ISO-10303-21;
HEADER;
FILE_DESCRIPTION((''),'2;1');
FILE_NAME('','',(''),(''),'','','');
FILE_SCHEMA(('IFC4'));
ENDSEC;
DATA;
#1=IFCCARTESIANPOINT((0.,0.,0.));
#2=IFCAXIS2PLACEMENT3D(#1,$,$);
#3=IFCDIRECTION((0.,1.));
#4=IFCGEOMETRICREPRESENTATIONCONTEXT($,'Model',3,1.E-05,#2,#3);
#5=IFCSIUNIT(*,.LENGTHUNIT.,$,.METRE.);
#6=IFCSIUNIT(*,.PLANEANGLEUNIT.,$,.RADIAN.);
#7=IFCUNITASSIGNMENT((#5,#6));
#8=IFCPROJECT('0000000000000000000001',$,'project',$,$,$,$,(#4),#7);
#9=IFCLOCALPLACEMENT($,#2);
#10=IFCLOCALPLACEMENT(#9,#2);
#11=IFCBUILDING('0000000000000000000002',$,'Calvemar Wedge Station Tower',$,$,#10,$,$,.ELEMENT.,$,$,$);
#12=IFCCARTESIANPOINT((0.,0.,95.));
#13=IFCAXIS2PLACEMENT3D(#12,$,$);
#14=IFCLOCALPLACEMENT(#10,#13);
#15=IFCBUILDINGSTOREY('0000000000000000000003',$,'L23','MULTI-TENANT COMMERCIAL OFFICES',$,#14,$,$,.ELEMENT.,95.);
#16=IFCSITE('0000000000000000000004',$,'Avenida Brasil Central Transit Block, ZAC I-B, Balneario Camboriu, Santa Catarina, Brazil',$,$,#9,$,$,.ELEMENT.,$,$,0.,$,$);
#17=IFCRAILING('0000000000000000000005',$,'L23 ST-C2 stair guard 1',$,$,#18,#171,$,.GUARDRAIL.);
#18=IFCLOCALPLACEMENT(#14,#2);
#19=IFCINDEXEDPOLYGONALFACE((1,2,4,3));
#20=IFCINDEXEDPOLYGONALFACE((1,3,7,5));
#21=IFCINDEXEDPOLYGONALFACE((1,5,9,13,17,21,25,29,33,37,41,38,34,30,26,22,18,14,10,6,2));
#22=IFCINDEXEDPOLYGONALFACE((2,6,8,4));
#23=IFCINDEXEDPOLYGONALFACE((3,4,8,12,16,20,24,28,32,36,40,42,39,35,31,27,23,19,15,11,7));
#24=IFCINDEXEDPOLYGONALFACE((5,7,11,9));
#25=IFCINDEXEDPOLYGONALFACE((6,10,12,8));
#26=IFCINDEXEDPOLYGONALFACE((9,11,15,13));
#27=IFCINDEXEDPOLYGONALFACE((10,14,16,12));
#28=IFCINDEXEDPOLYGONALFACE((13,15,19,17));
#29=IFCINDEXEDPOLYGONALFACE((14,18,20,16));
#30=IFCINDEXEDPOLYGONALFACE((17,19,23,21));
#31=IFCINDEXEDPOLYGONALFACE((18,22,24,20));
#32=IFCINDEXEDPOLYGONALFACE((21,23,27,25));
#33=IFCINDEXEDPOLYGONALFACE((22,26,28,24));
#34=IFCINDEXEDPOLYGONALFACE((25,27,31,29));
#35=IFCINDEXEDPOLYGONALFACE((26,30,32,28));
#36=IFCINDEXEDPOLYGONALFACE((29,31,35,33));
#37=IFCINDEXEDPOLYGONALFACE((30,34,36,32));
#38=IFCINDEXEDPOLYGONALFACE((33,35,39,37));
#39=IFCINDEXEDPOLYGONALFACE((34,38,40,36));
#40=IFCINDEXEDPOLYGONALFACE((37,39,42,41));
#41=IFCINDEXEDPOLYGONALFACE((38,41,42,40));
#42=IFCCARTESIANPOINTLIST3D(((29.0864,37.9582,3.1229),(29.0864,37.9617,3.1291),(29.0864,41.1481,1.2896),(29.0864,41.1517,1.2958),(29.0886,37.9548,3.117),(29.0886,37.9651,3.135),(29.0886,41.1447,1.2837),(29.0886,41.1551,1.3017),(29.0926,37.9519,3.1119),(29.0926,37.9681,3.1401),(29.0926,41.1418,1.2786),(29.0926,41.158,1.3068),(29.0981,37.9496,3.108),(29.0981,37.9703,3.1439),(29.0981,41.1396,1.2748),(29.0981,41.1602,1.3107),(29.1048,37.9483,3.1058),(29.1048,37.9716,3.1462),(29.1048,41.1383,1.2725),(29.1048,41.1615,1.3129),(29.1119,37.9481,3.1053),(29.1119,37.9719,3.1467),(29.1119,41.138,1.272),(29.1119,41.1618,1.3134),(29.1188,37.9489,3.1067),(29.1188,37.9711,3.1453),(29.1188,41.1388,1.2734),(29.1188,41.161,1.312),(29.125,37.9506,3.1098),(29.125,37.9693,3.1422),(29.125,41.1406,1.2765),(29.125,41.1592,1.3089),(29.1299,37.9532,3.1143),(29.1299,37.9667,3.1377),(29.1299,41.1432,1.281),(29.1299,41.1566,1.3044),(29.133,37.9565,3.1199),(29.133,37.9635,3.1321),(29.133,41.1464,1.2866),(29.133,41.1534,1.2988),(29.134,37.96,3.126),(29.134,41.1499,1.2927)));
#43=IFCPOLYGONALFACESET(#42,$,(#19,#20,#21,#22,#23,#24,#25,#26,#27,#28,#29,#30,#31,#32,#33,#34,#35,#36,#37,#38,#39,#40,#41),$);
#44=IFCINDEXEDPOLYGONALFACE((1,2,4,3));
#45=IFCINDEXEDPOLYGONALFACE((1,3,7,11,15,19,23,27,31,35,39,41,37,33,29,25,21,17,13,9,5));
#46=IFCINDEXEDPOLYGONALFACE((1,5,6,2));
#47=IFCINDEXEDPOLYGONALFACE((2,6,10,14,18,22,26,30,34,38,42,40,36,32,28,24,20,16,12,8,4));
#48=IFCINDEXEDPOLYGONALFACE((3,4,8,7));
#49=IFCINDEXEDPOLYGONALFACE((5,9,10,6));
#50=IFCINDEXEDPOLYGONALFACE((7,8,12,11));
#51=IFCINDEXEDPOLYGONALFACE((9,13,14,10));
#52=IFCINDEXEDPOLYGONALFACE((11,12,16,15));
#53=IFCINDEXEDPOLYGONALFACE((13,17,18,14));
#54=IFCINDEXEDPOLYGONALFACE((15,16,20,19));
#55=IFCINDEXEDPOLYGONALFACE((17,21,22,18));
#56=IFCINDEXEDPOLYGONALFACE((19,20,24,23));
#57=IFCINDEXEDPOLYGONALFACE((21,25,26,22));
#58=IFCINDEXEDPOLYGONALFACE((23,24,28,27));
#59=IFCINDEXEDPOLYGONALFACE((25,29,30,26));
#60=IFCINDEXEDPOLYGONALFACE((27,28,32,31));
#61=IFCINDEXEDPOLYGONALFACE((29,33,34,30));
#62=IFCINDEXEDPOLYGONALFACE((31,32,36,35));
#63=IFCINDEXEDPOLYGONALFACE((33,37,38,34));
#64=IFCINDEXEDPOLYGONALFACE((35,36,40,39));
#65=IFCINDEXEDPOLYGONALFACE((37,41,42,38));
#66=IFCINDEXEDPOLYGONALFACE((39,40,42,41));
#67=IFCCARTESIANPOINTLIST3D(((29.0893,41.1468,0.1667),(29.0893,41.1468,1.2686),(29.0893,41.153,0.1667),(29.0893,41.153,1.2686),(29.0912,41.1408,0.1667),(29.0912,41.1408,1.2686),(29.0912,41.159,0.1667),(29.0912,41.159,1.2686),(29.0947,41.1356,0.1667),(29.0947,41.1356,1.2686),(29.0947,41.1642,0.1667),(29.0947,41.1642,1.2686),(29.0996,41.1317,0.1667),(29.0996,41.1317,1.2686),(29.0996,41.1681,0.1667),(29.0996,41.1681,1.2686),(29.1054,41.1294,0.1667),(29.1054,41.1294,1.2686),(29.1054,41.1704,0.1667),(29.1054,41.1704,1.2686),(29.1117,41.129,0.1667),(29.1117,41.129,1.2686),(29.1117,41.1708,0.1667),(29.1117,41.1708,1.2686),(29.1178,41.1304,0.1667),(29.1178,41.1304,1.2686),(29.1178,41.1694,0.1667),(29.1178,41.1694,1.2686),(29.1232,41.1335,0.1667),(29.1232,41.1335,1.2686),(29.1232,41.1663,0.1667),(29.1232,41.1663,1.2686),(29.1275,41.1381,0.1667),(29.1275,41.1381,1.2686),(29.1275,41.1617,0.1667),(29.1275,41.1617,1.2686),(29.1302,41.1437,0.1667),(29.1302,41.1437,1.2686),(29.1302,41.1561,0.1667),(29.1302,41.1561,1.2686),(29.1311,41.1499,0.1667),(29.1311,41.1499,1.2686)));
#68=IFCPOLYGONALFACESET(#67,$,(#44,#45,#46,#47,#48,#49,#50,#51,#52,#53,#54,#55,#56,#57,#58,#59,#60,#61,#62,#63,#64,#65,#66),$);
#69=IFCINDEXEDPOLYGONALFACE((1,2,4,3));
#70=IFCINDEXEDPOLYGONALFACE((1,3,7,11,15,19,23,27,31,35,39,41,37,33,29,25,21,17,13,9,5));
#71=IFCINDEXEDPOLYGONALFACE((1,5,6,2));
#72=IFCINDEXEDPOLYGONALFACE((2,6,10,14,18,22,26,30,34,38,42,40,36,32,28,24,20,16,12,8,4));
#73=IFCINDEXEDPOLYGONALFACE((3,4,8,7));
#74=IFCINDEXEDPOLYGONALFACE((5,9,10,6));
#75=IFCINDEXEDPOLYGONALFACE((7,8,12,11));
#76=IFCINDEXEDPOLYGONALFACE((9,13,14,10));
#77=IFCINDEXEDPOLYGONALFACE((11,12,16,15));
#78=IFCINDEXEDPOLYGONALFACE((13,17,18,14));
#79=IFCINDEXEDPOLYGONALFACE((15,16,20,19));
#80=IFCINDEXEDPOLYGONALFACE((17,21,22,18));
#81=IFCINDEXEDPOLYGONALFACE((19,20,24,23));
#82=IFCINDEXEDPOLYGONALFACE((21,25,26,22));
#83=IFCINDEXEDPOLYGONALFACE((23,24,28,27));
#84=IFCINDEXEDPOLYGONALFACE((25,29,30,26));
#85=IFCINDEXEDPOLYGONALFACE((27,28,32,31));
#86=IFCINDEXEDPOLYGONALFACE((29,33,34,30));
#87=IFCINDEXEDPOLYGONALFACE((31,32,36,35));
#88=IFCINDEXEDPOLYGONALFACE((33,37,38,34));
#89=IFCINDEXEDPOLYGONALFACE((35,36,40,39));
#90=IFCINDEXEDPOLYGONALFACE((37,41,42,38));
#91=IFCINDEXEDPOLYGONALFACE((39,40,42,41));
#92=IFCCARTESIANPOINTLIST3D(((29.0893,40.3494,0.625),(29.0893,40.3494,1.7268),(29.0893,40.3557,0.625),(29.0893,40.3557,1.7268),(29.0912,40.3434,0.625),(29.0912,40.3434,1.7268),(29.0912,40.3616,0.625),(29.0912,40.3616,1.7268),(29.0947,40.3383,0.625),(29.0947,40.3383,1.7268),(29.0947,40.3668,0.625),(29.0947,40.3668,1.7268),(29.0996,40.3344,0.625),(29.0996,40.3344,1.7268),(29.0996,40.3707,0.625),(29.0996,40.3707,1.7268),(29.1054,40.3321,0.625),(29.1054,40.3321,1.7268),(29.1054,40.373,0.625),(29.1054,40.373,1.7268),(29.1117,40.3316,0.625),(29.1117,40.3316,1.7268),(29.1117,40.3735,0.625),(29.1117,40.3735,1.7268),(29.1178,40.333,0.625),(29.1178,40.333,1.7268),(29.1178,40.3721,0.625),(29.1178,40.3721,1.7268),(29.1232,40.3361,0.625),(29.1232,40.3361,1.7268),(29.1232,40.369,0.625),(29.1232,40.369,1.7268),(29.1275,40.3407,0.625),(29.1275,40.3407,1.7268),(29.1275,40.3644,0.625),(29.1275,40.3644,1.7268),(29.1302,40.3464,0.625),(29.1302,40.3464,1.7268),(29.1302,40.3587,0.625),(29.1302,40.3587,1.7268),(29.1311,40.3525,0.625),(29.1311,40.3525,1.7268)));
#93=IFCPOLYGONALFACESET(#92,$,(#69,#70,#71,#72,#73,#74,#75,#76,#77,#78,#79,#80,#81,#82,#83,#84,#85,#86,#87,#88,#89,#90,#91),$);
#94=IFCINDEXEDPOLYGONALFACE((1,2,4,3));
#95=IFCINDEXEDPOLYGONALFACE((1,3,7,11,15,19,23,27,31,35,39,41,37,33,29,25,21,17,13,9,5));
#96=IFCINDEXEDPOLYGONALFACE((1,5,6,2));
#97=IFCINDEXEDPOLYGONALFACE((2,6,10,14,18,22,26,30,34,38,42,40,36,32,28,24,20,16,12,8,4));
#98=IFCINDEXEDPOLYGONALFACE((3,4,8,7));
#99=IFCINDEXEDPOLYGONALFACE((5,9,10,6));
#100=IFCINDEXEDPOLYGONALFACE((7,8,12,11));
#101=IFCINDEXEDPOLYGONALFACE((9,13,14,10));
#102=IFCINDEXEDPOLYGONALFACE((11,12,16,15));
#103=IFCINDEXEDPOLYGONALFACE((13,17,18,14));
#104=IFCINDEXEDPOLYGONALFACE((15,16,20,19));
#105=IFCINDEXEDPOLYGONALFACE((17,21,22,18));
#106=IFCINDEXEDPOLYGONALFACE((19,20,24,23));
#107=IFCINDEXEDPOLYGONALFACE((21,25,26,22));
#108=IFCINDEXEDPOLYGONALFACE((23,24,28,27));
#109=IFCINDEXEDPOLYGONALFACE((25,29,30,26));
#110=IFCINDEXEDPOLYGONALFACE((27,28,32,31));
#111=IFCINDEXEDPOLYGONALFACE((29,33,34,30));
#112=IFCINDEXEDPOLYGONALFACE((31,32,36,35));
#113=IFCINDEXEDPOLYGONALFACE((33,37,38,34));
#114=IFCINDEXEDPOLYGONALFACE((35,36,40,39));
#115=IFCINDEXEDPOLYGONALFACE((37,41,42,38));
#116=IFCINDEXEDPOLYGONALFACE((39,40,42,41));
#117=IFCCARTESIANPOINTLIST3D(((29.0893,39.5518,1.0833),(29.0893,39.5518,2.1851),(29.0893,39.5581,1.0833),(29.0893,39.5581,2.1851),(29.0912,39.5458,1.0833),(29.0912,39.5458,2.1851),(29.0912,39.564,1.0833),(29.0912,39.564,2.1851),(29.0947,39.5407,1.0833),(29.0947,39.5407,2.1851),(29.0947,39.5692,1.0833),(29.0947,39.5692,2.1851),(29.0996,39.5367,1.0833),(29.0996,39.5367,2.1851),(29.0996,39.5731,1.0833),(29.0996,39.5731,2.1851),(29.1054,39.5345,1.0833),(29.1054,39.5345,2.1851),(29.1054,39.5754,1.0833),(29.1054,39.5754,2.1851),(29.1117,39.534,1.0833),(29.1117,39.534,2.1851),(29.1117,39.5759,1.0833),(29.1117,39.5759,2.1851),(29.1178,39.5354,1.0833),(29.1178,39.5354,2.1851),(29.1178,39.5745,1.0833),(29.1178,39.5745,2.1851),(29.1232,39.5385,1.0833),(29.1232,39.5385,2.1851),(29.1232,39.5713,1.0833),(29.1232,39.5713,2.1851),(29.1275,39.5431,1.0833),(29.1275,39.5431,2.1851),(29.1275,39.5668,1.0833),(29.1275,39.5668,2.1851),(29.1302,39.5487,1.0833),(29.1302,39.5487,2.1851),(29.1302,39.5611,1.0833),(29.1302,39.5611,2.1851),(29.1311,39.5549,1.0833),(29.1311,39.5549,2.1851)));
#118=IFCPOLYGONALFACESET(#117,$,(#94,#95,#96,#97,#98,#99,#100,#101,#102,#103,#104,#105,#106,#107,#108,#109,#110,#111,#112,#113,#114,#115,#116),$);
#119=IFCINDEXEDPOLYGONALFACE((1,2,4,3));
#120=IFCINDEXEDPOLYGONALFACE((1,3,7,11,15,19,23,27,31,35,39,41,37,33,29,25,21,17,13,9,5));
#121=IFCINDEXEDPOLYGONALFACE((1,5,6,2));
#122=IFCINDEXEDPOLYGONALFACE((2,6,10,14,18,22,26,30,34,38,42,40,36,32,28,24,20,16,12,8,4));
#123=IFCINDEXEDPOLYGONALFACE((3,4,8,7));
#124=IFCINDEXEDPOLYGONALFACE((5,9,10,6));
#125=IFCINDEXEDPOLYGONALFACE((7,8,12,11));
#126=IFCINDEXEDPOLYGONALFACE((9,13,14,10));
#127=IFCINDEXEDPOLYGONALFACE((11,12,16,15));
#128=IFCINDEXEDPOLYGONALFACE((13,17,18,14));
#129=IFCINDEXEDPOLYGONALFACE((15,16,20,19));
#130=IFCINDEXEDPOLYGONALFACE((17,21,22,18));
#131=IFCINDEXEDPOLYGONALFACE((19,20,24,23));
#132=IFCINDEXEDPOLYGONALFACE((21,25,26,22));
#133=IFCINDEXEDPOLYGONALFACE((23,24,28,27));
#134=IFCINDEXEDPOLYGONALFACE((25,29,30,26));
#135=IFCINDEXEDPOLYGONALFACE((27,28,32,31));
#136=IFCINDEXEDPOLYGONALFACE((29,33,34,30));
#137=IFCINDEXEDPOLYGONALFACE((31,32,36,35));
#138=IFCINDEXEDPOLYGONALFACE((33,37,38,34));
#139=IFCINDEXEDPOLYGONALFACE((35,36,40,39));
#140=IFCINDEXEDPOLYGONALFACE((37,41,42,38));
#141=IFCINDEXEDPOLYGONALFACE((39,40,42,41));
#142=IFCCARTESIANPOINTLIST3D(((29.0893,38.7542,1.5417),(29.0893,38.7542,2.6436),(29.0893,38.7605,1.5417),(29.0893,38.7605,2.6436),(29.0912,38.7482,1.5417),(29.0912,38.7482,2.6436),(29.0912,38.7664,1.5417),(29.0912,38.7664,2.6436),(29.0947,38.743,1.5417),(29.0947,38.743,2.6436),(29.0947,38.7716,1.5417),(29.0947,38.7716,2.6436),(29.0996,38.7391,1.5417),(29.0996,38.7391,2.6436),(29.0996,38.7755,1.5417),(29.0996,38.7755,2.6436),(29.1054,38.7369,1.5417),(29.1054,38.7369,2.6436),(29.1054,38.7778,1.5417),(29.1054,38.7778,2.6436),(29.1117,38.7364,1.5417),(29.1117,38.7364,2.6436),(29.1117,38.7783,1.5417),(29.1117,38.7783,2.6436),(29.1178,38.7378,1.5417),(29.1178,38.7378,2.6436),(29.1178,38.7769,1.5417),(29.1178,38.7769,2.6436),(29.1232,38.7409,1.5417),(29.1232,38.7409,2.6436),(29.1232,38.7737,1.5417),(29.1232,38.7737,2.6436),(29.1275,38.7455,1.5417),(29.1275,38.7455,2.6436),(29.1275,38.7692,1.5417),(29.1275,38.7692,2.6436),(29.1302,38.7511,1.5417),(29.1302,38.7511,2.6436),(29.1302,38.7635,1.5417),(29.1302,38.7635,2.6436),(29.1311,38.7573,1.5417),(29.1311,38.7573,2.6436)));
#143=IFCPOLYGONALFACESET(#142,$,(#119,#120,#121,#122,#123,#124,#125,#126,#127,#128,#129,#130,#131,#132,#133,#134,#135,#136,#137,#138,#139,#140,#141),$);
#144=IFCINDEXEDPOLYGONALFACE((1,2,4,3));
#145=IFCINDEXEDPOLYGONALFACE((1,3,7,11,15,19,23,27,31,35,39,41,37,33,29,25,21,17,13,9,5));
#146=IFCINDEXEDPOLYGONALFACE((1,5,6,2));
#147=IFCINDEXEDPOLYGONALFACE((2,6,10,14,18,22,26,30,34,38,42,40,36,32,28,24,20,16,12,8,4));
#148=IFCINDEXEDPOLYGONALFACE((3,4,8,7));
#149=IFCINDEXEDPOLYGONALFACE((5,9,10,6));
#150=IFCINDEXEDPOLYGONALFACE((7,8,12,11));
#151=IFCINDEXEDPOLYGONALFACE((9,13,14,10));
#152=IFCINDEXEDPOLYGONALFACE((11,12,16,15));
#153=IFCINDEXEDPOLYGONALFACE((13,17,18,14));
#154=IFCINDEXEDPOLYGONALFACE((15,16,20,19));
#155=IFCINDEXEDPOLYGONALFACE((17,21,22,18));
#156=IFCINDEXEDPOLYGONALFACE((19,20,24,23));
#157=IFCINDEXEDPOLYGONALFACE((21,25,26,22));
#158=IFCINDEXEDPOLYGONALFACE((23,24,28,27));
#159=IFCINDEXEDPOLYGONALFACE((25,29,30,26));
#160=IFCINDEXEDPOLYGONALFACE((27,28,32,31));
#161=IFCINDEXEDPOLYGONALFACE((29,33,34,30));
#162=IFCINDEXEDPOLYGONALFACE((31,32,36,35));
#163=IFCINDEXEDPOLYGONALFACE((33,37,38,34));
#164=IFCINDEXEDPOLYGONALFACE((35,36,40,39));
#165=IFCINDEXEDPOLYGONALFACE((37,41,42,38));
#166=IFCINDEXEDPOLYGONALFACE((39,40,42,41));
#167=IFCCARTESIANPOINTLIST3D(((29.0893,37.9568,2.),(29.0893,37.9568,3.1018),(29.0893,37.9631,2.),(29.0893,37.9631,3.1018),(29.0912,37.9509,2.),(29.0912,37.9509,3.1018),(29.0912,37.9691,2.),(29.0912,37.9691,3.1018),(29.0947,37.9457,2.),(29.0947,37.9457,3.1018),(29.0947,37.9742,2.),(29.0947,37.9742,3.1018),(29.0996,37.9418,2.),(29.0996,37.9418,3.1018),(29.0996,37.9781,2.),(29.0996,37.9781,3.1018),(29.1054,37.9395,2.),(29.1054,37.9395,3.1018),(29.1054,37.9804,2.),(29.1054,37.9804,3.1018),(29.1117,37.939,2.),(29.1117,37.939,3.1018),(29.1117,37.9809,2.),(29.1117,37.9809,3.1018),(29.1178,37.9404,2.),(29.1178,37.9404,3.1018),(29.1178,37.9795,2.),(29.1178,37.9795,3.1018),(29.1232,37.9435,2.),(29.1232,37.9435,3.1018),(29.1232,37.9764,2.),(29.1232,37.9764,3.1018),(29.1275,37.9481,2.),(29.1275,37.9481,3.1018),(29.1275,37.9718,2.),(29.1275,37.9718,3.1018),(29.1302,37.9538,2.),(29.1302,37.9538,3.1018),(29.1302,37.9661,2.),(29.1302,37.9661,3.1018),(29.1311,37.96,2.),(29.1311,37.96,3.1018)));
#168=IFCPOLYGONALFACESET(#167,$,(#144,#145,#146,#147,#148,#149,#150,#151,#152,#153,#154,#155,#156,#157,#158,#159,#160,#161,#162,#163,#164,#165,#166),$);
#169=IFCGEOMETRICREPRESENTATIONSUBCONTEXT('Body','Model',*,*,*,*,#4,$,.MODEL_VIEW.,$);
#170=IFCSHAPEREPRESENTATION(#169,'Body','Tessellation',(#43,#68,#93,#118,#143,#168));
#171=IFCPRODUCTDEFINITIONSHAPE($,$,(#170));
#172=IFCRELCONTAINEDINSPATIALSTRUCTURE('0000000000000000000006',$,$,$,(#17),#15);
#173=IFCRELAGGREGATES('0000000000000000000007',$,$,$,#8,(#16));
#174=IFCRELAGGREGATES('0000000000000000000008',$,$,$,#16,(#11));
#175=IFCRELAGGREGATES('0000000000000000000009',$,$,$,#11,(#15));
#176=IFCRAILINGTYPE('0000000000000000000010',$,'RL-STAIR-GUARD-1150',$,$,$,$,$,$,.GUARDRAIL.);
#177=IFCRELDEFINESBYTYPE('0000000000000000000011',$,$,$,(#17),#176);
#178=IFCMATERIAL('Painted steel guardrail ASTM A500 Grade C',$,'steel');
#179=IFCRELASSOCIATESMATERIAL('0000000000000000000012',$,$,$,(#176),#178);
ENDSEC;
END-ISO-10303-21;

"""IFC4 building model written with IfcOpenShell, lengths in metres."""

from ifc_helpers import new_model, si_unit, direction, frame, origin, origin_2d, place, context, subcontext, project, spatial, circle, extrude, material, type_object, element, save


model = new_model("IFC4")

# Units and contexts
model_context = context("Model", 3, precision=1e-05, world=origin(), true_north=direction((0.0, 1.0)))
body_context = subcontext(model_context, "Body", "Model", "MODEL_VIEW")
ifc_project = project(units=[si_unit("LENGTHUNIT", "METRE"), si_unit("PLANEANGLEUNIT", "RADIAN")], contexts=[model_context])

# Site, building, storey
site_placement = place(None, origin())
site = spatial("IfcSite", under=ifc_project, at=site_placement, Name="Avenida Brasil Central Transit Block, ZAC I-B, Balneario Camboriu, Santa Catarina, Brazil", CompositionType="ELEMENT", RefElevation=0.0)
building_placement = place(site_placement, origin())
building = spatial("IfcBuilding", under=site, at=building_placement, Name="Calvemar Wedge Station Tower", CompositionType="ELEMENT")
storey_placement = place(building_placement, frame((0.0, 0.0, 95.0)))
storey = spatial("IfcBuildingStorey", under=building, at=storey_placement, Name="L23", Description="MULTI-TENANT COMMERCIAL OFFICES", CompositionType="ELEMENT", Elevation=95.0)

# Railing
ifc_material_1 = material(Name="Painted steel guardrail ASTM A500 Grade C", Category="steel")
railing_type_1 = type_object("IfcRailingType", Name="RL-STAIR-GUARD-1150", PredefinedType="GUARDRAIL", material=ifc_material_1)
railing_1_placement = place(storey_placement, frame((29.1101, 41.1499, 0.1667)))
element("IfcRailing", 1, at=railing_1_placement, inside=storey, type_object=railing_type_1, Name="L23 ST-C2 stair guard 1", PredefinedType="GUARDRAIL", context=body_context, shape_type="SweptSolid", body=[
    extrude(circle(Radius=0.0239, at=origin_2d()), frame((0.0, 0.0, 1.126), z_axis=(0.0, -0.86702, 0.498274), x_axis=(1.0, 0.0, 0.0)), (0.0, 0.0, 1.0), 3.6792),
    extrude(circle(Radius=0.021, at=origin_2d()), origin(), (0.0, 0.0, 1.0), 1.1018),
    extrude(circle(Radius=0.021, at=origin_2d()), frame((0.0, -0.7974, 0.4583)), (0.0, 0.0, 1.0), 1.1018),
    extrude(circle(Radius=0.021, at=origin_2d()), frame((0.0, -1.595, 0.9165)), (0.0, 0.0, 1.0), 1.1018),
    extrude(circle(Radius=0.021, at=origin_2d()), frame((0.0, -2.3926, 1.375)), (0.0, 0.0, 1.0), 1.1018),
    extrude(circle(Radius=0.021, at=origin_2d()), frame((0.0, -3.1899, 1.8333)), (0.0, 0.0, 1.0), 1.1018),
])

save(model, "model.ifc")
